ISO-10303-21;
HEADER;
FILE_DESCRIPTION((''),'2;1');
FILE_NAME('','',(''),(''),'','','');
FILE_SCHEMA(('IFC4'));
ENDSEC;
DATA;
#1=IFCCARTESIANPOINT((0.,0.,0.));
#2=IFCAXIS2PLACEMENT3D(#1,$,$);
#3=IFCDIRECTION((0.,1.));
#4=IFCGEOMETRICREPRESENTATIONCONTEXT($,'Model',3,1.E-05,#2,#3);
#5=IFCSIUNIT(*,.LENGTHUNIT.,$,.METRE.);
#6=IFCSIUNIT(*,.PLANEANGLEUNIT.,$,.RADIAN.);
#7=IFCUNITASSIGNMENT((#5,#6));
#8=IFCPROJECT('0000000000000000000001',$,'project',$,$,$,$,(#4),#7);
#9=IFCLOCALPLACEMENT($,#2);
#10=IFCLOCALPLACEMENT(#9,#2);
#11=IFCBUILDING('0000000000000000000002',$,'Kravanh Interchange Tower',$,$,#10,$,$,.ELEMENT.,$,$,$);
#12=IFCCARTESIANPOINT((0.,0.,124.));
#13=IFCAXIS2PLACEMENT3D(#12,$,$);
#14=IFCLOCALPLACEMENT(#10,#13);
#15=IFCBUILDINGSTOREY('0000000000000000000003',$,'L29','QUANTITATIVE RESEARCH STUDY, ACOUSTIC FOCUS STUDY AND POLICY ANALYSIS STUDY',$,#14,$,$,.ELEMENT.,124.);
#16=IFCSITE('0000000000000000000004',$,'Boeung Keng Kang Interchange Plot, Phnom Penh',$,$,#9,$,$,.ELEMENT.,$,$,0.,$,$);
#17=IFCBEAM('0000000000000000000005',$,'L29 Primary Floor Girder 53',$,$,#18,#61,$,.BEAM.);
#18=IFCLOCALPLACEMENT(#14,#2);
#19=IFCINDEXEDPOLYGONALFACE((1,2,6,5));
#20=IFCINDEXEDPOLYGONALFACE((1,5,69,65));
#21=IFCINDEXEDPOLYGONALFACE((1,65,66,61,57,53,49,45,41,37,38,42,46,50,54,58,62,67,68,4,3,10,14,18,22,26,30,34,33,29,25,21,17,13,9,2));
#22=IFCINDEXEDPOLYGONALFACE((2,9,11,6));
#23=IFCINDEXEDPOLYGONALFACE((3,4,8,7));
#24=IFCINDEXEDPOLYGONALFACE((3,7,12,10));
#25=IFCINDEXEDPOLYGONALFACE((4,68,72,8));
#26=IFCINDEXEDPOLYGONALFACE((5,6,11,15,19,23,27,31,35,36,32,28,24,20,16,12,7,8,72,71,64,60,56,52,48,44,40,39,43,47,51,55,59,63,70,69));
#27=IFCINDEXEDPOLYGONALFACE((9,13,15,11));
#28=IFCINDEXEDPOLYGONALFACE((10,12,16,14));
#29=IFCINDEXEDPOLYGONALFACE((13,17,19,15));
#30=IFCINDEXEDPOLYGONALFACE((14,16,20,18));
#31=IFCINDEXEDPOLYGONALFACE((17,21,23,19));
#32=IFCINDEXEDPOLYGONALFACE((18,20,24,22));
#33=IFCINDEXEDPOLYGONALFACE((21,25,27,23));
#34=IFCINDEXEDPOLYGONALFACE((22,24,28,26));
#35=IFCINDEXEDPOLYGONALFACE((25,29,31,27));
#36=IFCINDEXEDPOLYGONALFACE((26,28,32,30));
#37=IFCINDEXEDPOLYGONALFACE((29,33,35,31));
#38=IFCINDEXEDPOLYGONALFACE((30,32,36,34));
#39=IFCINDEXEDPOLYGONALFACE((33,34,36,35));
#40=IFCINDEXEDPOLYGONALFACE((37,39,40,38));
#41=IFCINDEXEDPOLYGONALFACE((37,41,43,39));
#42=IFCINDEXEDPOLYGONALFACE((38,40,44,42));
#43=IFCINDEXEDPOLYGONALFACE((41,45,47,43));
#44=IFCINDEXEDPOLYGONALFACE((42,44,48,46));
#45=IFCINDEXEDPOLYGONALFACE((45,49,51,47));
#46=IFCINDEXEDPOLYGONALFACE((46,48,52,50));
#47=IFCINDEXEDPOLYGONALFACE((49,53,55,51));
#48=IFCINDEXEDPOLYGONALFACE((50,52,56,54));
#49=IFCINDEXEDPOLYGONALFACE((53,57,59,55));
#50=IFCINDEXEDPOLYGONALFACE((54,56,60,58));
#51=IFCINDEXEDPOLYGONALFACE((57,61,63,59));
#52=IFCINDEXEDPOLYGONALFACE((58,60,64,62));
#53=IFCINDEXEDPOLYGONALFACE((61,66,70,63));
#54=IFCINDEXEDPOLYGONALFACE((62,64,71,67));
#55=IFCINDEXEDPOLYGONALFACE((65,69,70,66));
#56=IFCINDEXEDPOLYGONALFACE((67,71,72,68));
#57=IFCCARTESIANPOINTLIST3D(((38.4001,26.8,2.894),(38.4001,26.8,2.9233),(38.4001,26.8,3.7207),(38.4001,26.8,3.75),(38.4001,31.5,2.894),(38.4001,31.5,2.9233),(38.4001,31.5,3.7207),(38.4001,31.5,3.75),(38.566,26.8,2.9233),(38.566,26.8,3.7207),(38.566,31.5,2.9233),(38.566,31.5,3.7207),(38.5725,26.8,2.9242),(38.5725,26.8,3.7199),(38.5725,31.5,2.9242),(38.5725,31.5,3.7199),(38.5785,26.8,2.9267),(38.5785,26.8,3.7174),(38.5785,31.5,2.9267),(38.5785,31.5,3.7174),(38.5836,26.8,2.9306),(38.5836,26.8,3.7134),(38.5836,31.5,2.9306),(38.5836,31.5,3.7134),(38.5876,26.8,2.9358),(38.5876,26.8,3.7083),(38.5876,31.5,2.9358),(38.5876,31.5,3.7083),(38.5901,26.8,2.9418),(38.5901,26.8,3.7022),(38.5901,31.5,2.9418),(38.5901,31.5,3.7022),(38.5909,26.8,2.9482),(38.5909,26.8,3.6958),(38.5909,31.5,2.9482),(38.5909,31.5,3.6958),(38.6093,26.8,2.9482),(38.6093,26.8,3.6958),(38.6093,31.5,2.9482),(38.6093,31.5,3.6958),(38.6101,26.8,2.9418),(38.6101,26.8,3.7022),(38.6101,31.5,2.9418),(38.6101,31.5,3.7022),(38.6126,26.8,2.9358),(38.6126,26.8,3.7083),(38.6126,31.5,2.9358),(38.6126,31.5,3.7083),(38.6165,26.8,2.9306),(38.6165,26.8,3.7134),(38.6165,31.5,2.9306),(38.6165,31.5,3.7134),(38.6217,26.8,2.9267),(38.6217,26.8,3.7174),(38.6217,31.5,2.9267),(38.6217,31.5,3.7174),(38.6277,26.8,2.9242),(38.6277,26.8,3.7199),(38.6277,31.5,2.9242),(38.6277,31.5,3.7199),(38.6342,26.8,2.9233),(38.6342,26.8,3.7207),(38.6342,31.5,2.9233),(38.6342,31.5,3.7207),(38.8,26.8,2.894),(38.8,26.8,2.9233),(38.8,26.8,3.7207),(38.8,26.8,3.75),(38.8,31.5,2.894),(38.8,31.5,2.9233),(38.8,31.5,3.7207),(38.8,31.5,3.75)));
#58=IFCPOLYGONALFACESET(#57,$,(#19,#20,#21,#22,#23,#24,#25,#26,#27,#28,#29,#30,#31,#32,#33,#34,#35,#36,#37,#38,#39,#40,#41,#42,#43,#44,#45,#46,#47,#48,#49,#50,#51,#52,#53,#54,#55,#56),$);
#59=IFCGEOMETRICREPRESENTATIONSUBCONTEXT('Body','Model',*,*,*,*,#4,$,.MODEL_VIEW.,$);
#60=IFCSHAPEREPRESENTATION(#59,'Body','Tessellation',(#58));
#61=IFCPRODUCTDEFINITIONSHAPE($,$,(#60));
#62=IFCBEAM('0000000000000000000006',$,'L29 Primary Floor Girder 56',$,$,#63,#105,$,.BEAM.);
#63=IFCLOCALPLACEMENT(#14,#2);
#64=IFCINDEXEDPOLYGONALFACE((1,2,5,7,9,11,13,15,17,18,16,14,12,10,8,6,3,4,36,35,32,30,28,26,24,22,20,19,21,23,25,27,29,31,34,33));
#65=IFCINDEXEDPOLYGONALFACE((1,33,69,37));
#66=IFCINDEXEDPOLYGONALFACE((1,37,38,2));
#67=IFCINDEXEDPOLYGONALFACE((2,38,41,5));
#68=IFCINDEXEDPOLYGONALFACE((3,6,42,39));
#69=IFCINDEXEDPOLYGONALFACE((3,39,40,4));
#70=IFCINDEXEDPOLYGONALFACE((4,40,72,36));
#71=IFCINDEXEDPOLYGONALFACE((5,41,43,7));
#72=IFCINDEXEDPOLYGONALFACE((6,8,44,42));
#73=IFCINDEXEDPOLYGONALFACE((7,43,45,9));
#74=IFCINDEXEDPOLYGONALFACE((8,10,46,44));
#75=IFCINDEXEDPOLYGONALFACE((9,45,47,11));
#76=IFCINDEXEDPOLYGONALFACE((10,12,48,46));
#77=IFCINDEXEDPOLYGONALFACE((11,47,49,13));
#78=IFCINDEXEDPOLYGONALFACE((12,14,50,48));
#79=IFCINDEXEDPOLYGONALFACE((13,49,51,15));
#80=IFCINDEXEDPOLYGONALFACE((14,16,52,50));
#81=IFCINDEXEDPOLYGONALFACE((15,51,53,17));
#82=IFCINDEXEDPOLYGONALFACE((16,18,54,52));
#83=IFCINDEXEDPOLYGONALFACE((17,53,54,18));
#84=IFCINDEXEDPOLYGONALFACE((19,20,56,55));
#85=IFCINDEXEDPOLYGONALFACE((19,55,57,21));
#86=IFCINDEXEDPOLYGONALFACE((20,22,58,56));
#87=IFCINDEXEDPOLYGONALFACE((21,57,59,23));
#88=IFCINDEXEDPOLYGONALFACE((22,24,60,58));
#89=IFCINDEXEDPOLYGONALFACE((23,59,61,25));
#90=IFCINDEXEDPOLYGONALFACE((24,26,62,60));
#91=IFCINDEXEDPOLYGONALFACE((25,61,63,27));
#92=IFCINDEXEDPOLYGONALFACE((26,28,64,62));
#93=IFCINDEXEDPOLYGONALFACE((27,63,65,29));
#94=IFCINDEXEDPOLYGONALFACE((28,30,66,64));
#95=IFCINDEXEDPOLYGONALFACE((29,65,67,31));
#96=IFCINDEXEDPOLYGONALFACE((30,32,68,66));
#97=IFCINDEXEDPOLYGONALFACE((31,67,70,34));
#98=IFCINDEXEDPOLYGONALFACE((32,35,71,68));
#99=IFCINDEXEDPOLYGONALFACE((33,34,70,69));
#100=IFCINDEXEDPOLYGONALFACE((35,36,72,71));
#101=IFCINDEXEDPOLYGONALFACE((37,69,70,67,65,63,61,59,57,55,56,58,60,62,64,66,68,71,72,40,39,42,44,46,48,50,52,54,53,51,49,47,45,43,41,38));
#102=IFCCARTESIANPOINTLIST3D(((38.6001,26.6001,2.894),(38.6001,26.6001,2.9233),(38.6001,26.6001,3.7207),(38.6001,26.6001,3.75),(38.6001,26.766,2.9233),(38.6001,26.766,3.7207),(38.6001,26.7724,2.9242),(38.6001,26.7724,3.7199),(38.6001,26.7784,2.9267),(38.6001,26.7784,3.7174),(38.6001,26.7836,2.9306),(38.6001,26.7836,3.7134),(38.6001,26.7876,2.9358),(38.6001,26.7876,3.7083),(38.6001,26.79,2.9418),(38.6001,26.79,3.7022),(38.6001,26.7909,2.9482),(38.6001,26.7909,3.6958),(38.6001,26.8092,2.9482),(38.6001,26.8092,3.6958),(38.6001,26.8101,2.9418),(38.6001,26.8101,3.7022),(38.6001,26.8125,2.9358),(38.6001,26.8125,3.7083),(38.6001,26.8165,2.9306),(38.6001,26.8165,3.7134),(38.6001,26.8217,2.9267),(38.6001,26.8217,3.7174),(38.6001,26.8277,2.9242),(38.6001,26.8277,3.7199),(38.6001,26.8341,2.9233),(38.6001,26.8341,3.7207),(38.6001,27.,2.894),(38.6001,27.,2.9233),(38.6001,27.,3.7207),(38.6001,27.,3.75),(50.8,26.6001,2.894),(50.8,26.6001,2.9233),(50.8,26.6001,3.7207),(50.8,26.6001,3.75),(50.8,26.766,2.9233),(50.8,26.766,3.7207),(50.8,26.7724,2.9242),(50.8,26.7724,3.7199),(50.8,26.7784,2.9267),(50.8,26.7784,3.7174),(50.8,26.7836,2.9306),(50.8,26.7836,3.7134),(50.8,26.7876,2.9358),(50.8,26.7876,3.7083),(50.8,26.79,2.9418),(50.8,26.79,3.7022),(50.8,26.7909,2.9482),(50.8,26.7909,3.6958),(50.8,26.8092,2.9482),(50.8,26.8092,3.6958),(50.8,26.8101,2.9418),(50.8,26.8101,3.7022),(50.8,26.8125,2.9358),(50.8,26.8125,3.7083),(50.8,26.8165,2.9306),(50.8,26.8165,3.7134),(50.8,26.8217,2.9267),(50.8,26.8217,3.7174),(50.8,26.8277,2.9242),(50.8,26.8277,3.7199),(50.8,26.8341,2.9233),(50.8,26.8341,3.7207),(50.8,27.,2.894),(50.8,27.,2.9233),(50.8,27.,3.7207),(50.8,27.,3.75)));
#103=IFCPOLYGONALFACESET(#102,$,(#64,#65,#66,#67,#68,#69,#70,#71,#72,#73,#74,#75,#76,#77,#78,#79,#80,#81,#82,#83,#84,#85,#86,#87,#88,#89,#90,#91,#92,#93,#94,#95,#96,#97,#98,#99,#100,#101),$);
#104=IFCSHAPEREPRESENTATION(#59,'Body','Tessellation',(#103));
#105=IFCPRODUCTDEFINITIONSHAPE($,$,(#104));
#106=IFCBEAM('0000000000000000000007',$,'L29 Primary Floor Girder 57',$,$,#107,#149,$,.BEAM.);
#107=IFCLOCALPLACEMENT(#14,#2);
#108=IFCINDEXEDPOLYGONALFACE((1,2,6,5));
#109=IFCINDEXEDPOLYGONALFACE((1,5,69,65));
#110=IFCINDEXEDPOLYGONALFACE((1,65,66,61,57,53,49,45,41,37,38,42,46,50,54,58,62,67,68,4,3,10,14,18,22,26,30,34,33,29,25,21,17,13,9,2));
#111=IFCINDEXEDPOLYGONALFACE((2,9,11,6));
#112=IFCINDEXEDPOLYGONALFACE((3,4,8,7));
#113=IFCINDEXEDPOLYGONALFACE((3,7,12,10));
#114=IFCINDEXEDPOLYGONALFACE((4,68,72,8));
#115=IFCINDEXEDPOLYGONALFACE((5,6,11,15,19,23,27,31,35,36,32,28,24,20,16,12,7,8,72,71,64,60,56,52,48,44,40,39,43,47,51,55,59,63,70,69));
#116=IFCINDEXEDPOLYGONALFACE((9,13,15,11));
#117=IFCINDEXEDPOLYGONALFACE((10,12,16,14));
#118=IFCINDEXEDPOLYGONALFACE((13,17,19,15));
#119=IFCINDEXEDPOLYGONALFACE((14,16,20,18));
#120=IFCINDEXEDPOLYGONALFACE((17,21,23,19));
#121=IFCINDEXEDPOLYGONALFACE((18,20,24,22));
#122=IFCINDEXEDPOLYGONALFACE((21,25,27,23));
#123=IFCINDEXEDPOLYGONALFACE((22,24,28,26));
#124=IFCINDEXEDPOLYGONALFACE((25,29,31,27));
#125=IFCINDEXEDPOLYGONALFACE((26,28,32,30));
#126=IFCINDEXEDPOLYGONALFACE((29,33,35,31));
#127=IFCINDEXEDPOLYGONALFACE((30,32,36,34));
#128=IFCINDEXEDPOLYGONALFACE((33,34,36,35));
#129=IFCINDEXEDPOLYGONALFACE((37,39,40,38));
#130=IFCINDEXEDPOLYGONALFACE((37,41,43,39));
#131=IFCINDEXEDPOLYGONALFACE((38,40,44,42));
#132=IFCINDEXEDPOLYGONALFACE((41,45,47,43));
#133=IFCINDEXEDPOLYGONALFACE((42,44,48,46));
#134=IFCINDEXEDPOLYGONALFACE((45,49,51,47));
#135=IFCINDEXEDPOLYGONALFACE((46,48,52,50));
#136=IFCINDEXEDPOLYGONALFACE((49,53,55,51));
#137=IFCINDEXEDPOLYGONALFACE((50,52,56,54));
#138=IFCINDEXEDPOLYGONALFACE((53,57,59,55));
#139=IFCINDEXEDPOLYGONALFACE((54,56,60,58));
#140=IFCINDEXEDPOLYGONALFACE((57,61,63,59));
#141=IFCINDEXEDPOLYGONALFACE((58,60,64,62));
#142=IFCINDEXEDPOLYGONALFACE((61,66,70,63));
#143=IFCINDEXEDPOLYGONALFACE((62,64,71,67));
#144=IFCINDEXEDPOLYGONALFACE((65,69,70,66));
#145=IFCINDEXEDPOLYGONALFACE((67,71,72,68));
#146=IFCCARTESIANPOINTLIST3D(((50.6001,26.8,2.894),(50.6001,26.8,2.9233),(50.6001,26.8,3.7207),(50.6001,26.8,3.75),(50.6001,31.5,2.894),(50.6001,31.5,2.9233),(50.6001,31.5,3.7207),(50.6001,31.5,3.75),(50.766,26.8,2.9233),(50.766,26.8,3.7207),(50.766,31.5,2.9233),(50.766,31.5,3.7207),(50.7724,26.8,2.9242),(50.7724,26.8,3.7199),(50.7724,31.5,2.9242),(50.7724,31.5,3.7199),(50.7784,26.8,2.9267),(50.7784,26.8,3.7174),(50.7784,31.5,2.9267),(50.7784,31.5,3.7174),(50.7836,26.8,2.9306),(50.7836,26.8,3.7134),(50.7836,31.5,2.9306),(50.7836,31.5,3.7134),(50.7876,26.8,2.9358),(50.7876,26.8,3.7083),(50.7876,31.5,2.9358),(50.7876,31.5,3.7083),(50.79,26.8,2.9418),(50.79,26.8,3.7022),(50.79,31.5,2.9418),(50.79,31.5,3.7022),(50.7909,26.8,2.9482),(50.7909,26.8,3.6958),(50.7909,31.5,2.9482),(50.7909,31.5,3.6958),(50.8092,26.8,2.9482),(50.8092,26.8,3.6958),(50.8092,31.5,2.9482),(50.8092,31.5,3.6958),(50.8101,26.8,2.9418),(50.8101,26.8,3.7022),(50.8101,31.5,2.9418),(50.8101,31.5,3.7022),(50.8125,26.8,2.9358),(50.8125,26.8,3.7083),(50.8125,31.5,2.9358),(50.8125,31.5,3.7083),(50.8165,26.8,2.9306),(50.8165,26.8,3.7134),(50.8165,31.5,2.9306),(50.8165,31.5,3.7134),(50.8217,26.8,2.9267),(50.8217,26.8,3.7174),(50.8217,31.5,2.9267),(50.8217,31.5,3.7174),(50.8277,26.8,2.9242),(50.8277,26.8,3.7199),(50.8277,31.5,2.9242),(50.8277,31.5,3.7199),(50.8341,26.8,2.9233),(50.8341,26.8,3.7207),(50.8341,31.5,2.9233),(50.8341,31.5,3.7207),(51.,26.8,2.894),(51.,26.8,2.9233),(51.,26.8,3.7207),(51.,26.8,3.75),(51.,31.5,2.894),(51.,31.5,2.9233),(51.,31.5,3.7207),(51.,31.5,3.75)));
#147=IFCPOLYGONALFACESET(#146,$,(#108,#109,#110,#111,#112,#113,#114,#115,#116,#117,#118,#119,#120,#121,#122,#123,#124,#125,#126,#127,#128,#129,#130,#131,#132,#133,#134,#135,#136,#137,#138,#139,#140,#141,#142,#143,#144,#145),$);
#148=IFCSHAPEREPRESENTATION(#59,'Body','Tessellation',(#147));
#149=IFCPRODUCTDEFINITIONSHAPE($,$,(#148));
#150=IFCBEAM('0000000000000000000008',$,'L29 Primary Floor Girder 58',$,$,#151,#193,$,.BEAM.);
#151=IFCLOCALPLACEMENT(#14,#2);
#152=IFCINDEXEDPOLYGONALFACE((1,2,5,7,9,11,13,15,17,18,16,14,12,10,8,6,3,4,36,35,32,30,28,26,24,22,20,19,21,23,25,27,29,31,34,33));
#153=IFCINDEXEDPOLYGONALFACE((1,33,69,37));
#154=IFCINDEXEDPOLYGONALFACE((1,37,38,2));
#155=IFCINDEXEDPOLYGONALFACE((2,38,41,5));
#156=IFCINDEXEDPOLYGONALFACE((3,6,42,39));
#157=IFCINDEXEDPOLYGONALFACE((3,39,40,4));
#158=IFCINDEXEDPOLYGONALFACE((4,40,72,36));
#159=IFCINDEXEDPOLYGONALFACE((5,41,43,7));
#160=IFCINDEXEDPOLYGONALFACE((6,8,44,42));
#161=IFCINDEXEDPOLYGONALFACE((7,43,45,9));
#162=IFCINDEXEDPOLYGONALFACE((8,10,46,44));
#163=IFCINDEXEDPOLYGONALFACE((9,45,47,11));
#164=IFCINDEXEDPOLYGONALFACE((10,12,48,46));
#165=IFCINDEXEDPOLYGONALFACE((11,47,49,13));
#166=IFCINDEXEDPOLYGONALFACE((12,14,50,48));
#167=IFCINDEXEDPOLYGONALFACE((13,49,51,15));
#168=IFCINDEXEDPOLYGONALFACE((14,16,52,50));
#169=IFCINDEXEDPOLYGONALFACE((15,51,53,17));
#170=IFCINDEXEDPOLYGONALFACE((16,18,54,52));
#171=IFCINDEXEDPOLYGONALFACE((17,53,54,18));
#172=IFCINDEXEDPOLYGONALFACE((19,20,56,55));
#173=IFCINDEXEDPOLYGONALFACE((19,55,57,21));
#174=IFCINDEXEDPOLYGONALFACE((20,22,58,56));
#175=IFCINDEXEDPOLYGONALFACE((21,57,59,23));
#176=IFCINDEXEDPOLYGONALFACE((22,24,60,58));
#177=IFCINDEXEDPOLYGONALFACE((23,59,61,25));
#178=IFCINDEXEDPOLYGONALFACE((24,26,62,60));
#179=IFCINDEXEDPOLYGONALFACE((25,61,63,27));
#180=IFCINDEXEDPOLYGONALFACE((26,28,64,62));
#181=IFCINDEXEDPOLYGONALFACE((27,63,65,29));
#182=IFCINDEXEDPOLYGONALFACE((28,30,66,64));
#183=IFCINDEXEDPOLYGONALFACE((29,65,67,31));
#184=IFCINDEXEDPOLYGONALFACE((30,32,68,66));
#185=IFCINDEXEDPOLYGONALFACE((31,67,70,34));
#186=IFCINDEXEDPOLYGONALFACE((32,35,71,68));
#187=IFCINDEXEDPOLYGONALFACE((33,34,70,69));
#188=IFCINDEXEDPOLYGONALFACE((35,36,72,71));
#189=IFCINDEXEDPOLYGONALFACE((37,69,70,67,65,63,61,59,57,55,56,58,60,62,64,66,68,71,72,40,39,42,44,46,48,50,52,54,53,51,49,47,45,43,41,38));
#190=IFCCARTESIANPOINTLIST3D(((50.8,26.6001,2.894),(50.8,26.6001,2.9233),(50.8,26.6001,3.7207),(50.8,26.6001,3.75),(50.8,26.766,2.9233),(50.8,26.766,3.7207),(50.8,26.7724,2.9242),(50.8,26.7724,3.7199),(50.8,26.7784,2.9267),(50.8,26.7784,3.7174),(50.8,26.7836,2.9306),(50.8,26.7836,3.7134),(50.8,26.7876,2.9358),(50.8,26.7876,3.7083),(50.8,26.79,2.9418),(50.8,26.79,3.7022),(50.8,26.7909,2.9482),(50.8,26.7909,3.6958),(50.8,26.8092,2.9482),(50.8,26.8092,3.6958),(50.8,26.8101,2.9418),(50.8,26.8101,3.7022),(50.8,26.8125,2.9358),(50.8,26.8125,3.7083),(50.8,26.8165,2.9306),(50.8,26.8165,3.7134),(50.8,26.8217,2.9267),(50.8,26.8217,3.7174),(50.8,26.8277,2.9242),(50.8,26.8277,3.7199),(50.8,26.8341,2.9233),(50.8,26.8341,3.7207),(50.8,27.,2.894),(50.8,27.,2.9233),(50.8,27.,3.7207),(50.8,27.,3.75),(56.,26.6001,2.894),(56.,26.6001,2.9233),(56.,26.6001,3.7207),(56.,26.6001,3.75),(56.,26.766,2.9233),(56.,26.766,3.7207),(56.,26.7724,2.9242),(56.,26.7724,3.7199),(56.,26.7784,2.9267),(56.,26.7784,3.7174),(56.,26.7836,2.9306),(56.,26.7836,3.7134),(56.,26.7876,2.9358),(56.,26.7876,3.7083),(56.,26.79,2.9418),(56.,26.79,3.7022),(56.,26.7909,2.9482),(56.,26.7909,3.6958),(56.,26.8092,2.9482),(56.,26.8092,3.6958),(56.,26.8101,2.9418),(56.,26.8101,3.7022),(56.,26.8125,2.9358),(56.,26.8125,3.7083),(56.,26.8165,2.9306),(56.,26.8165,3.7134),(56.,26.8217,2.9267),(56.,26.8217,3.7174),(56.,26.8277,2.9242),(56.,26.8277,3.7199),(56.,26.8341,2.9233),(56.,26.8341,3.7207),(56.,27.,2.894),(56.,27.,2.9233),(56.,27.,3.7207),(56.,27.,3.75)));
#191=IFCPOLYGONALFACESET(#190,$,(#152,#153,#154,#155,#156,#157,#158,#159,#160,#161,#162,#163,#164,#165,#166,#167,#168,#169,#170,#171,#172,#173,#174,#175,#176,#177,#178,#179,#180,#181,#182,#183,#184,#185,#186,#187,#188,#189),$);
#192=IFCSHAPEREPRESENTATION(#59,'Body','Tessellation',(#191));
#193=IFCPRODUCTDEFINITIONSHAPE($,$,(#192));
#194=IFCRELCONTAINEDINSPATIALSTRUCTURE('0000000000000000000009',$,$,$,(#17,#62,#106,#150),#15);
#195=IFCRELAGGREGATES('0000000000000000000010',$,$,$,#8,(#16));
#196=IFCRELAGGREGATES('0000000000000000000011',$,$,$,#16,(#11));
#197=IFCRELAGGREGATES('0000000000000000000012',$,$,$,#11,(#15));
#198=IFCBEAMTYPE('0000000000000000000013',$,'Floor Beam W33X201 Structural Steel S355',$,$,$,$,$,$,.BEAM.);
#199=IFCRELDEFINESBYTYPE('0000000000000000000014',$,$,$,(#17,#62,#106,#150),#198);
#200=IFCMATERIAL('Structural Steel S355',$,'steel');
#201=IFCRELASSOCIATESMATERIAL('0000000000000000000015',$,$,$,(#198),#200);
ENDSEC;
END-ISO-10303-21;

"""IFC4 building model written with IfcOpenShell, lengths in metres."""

from ifc_helpers import new_model, si_unit, direction, frame, origin, origin_2d, place, context, subcontext, project, spatial, i_section, extrude, material, material_profile, profile_set, type_object, element, save


model = new_model("IFC4")

# Units and contexts
model_context = context("Model", 3, precision=1e-05, world=origin(), true_north=direction((0.0, 1.0)))
body_context = subcontext(model_context, "Body", "Model", "MODEL_VIEW")
ifc_project = project(units=[si_unit("LENGTHUNIT", "METRE"), si_unit("PLANEANGLEUNIT", "RADIAN")], contexts=[model_context])

# Site, building, storey
site_placement = place(None, origin())
site = spatial("IfcSite", under=ifc_project, at=site_placement, Name="Boeung Keng Kang Interchange Plot, Phnom Penh", CompositionType="ELEMENT", RefElevation=0.0)
building_placement = place(site_placement, origin())
building = spatial("IfcBuilding", under=site, at=building_placement, Name="Kravanh Interchange Tower", CompositionType="ELEMENT")
storey_placement = place(building_placement, frame((0.0, 0.0, 124.0)))
storey = spatial("IfcBuildingStorey", under=building, at=storey_placement, Name="L29", Description="QUANTITATIVE RESEARCH STUDY, ACOUSTIC FOCUS STUDY AND POLICY ANALYSIS STUDY", CompositionType="ELEMENT", Elevation=124.0)

# Beams
ifc_material_1 = material(Name="Structural Steel S355", Category="steel")
ifc_material_profile_1 = material_profile(ifc_material_1, i_section(OverallWidth=0.3999, OverallDepth=0.856, WebThickness=0.0183, FlangeThickness=0.0293, FilletRadius=0.0249, at=origin_2d()), Name="W33X201")
ifc_profile_set_1 = profile_set([ifc_material_profile_1], Name="Structural Steel S355")
beam_type_1 = type_object("IfcBeamType", Name="Floor Beam W33X201 Structural Steel S355", PredefinedType="BEAM", material=ifc_profile_set_1)
beam_1_placement = place(storey_placement, frame((38.6001, 26.8, 3.322), z_axis=(0.0, 1.0, 0.0), x_axis=(-1.0, 0.0, 0.0)))
element("IfcBeam", 1, at=beam_1_placement, inside=storey, type_object=beam_type_1, Name="L29 Primary Floor Girder 53", PredefinedType="BEAM", context=body_context, shape_type="SweptSolid", body=[
    extrude(i_section(OverallWidth=0.3999, OverallDepth=0.856, WebThickness=0.0183, FlangeThickness=0.0293, FilletRadius=0.0249, at=origin_2d()), origin(), (0.0, 0.0, 1.0), 4.7),
])
beam_2_placement = place(storey_placement, frame((38.6001, 26.8, 3.322), z_axis=(1.0, 0.0, 0.0), x_axis=(0.0, 1.0, 0.0)))
element("IfcBeam", 2, at=beam_2_placement, inside=storey, type_object=beam_type_1, Name="L29 Primary Floor Girder 56", PredefinedType="BEAM", context=body_context, shape_type="SweptSolid", body=[
    extrude(i_section(OverallWidth=0.3999, OverallDepth=0.856, WebThickness=0.0183, FlangeThickness=0.0293, FilletRadius=0.0249, at=origin_2d()), origin(), (0.0, 0.0, 1.0), 12.2),
])
beam_3_placement = place(storey_placement, frame((50.8, 26.8, 3.322), z_axis=(0.0, 1.0, 0.0), x_axis=(-1.0, 0.0, 0.0)))
element("IfcBeam", 3, at=beam_3_placement, inside=storey, type_object=beam_type_1, Name="L29 Primary Floor Girder 57", PredefinedType="BEAM", context=body_context, shape_type="SweptSolid", body=[
    extrude(i_section(OverallWidth=0.3999, OverallDepth=0.856, WebThickness=0.0183, FlangeThickness=0.0293, FilletRadius=0.0249, at=origin_2d()), origin(), (0.0, 0.0, 1.0), 4.7),
])
beam_4_placement = place(storey_placement, frame((50.8, 26.8, 3.322), z_axis=(1.0, 0.0, 0.0), x_axis=(0.0, 1.0, 0.0)))
element("IfcBeam", 4, at=beam_4_placement, inside=storey, type_object=beam_type_1, Name="L29 Primary Floor Girder 58", PredefinedType="BEAM", context=body_context, shape_type="SweptSolid", body=[
    extrude(i_section(OverallWidth=0.3999, OverallDepth=0.856, WebThickness=0.0183, FlangeThickness=0.0293, FilletRadius=0.0249, at=origin_2d()), origin(), (0.0, 0.0, 1.0), 5.2),
])

save(model, "model.ifc")
